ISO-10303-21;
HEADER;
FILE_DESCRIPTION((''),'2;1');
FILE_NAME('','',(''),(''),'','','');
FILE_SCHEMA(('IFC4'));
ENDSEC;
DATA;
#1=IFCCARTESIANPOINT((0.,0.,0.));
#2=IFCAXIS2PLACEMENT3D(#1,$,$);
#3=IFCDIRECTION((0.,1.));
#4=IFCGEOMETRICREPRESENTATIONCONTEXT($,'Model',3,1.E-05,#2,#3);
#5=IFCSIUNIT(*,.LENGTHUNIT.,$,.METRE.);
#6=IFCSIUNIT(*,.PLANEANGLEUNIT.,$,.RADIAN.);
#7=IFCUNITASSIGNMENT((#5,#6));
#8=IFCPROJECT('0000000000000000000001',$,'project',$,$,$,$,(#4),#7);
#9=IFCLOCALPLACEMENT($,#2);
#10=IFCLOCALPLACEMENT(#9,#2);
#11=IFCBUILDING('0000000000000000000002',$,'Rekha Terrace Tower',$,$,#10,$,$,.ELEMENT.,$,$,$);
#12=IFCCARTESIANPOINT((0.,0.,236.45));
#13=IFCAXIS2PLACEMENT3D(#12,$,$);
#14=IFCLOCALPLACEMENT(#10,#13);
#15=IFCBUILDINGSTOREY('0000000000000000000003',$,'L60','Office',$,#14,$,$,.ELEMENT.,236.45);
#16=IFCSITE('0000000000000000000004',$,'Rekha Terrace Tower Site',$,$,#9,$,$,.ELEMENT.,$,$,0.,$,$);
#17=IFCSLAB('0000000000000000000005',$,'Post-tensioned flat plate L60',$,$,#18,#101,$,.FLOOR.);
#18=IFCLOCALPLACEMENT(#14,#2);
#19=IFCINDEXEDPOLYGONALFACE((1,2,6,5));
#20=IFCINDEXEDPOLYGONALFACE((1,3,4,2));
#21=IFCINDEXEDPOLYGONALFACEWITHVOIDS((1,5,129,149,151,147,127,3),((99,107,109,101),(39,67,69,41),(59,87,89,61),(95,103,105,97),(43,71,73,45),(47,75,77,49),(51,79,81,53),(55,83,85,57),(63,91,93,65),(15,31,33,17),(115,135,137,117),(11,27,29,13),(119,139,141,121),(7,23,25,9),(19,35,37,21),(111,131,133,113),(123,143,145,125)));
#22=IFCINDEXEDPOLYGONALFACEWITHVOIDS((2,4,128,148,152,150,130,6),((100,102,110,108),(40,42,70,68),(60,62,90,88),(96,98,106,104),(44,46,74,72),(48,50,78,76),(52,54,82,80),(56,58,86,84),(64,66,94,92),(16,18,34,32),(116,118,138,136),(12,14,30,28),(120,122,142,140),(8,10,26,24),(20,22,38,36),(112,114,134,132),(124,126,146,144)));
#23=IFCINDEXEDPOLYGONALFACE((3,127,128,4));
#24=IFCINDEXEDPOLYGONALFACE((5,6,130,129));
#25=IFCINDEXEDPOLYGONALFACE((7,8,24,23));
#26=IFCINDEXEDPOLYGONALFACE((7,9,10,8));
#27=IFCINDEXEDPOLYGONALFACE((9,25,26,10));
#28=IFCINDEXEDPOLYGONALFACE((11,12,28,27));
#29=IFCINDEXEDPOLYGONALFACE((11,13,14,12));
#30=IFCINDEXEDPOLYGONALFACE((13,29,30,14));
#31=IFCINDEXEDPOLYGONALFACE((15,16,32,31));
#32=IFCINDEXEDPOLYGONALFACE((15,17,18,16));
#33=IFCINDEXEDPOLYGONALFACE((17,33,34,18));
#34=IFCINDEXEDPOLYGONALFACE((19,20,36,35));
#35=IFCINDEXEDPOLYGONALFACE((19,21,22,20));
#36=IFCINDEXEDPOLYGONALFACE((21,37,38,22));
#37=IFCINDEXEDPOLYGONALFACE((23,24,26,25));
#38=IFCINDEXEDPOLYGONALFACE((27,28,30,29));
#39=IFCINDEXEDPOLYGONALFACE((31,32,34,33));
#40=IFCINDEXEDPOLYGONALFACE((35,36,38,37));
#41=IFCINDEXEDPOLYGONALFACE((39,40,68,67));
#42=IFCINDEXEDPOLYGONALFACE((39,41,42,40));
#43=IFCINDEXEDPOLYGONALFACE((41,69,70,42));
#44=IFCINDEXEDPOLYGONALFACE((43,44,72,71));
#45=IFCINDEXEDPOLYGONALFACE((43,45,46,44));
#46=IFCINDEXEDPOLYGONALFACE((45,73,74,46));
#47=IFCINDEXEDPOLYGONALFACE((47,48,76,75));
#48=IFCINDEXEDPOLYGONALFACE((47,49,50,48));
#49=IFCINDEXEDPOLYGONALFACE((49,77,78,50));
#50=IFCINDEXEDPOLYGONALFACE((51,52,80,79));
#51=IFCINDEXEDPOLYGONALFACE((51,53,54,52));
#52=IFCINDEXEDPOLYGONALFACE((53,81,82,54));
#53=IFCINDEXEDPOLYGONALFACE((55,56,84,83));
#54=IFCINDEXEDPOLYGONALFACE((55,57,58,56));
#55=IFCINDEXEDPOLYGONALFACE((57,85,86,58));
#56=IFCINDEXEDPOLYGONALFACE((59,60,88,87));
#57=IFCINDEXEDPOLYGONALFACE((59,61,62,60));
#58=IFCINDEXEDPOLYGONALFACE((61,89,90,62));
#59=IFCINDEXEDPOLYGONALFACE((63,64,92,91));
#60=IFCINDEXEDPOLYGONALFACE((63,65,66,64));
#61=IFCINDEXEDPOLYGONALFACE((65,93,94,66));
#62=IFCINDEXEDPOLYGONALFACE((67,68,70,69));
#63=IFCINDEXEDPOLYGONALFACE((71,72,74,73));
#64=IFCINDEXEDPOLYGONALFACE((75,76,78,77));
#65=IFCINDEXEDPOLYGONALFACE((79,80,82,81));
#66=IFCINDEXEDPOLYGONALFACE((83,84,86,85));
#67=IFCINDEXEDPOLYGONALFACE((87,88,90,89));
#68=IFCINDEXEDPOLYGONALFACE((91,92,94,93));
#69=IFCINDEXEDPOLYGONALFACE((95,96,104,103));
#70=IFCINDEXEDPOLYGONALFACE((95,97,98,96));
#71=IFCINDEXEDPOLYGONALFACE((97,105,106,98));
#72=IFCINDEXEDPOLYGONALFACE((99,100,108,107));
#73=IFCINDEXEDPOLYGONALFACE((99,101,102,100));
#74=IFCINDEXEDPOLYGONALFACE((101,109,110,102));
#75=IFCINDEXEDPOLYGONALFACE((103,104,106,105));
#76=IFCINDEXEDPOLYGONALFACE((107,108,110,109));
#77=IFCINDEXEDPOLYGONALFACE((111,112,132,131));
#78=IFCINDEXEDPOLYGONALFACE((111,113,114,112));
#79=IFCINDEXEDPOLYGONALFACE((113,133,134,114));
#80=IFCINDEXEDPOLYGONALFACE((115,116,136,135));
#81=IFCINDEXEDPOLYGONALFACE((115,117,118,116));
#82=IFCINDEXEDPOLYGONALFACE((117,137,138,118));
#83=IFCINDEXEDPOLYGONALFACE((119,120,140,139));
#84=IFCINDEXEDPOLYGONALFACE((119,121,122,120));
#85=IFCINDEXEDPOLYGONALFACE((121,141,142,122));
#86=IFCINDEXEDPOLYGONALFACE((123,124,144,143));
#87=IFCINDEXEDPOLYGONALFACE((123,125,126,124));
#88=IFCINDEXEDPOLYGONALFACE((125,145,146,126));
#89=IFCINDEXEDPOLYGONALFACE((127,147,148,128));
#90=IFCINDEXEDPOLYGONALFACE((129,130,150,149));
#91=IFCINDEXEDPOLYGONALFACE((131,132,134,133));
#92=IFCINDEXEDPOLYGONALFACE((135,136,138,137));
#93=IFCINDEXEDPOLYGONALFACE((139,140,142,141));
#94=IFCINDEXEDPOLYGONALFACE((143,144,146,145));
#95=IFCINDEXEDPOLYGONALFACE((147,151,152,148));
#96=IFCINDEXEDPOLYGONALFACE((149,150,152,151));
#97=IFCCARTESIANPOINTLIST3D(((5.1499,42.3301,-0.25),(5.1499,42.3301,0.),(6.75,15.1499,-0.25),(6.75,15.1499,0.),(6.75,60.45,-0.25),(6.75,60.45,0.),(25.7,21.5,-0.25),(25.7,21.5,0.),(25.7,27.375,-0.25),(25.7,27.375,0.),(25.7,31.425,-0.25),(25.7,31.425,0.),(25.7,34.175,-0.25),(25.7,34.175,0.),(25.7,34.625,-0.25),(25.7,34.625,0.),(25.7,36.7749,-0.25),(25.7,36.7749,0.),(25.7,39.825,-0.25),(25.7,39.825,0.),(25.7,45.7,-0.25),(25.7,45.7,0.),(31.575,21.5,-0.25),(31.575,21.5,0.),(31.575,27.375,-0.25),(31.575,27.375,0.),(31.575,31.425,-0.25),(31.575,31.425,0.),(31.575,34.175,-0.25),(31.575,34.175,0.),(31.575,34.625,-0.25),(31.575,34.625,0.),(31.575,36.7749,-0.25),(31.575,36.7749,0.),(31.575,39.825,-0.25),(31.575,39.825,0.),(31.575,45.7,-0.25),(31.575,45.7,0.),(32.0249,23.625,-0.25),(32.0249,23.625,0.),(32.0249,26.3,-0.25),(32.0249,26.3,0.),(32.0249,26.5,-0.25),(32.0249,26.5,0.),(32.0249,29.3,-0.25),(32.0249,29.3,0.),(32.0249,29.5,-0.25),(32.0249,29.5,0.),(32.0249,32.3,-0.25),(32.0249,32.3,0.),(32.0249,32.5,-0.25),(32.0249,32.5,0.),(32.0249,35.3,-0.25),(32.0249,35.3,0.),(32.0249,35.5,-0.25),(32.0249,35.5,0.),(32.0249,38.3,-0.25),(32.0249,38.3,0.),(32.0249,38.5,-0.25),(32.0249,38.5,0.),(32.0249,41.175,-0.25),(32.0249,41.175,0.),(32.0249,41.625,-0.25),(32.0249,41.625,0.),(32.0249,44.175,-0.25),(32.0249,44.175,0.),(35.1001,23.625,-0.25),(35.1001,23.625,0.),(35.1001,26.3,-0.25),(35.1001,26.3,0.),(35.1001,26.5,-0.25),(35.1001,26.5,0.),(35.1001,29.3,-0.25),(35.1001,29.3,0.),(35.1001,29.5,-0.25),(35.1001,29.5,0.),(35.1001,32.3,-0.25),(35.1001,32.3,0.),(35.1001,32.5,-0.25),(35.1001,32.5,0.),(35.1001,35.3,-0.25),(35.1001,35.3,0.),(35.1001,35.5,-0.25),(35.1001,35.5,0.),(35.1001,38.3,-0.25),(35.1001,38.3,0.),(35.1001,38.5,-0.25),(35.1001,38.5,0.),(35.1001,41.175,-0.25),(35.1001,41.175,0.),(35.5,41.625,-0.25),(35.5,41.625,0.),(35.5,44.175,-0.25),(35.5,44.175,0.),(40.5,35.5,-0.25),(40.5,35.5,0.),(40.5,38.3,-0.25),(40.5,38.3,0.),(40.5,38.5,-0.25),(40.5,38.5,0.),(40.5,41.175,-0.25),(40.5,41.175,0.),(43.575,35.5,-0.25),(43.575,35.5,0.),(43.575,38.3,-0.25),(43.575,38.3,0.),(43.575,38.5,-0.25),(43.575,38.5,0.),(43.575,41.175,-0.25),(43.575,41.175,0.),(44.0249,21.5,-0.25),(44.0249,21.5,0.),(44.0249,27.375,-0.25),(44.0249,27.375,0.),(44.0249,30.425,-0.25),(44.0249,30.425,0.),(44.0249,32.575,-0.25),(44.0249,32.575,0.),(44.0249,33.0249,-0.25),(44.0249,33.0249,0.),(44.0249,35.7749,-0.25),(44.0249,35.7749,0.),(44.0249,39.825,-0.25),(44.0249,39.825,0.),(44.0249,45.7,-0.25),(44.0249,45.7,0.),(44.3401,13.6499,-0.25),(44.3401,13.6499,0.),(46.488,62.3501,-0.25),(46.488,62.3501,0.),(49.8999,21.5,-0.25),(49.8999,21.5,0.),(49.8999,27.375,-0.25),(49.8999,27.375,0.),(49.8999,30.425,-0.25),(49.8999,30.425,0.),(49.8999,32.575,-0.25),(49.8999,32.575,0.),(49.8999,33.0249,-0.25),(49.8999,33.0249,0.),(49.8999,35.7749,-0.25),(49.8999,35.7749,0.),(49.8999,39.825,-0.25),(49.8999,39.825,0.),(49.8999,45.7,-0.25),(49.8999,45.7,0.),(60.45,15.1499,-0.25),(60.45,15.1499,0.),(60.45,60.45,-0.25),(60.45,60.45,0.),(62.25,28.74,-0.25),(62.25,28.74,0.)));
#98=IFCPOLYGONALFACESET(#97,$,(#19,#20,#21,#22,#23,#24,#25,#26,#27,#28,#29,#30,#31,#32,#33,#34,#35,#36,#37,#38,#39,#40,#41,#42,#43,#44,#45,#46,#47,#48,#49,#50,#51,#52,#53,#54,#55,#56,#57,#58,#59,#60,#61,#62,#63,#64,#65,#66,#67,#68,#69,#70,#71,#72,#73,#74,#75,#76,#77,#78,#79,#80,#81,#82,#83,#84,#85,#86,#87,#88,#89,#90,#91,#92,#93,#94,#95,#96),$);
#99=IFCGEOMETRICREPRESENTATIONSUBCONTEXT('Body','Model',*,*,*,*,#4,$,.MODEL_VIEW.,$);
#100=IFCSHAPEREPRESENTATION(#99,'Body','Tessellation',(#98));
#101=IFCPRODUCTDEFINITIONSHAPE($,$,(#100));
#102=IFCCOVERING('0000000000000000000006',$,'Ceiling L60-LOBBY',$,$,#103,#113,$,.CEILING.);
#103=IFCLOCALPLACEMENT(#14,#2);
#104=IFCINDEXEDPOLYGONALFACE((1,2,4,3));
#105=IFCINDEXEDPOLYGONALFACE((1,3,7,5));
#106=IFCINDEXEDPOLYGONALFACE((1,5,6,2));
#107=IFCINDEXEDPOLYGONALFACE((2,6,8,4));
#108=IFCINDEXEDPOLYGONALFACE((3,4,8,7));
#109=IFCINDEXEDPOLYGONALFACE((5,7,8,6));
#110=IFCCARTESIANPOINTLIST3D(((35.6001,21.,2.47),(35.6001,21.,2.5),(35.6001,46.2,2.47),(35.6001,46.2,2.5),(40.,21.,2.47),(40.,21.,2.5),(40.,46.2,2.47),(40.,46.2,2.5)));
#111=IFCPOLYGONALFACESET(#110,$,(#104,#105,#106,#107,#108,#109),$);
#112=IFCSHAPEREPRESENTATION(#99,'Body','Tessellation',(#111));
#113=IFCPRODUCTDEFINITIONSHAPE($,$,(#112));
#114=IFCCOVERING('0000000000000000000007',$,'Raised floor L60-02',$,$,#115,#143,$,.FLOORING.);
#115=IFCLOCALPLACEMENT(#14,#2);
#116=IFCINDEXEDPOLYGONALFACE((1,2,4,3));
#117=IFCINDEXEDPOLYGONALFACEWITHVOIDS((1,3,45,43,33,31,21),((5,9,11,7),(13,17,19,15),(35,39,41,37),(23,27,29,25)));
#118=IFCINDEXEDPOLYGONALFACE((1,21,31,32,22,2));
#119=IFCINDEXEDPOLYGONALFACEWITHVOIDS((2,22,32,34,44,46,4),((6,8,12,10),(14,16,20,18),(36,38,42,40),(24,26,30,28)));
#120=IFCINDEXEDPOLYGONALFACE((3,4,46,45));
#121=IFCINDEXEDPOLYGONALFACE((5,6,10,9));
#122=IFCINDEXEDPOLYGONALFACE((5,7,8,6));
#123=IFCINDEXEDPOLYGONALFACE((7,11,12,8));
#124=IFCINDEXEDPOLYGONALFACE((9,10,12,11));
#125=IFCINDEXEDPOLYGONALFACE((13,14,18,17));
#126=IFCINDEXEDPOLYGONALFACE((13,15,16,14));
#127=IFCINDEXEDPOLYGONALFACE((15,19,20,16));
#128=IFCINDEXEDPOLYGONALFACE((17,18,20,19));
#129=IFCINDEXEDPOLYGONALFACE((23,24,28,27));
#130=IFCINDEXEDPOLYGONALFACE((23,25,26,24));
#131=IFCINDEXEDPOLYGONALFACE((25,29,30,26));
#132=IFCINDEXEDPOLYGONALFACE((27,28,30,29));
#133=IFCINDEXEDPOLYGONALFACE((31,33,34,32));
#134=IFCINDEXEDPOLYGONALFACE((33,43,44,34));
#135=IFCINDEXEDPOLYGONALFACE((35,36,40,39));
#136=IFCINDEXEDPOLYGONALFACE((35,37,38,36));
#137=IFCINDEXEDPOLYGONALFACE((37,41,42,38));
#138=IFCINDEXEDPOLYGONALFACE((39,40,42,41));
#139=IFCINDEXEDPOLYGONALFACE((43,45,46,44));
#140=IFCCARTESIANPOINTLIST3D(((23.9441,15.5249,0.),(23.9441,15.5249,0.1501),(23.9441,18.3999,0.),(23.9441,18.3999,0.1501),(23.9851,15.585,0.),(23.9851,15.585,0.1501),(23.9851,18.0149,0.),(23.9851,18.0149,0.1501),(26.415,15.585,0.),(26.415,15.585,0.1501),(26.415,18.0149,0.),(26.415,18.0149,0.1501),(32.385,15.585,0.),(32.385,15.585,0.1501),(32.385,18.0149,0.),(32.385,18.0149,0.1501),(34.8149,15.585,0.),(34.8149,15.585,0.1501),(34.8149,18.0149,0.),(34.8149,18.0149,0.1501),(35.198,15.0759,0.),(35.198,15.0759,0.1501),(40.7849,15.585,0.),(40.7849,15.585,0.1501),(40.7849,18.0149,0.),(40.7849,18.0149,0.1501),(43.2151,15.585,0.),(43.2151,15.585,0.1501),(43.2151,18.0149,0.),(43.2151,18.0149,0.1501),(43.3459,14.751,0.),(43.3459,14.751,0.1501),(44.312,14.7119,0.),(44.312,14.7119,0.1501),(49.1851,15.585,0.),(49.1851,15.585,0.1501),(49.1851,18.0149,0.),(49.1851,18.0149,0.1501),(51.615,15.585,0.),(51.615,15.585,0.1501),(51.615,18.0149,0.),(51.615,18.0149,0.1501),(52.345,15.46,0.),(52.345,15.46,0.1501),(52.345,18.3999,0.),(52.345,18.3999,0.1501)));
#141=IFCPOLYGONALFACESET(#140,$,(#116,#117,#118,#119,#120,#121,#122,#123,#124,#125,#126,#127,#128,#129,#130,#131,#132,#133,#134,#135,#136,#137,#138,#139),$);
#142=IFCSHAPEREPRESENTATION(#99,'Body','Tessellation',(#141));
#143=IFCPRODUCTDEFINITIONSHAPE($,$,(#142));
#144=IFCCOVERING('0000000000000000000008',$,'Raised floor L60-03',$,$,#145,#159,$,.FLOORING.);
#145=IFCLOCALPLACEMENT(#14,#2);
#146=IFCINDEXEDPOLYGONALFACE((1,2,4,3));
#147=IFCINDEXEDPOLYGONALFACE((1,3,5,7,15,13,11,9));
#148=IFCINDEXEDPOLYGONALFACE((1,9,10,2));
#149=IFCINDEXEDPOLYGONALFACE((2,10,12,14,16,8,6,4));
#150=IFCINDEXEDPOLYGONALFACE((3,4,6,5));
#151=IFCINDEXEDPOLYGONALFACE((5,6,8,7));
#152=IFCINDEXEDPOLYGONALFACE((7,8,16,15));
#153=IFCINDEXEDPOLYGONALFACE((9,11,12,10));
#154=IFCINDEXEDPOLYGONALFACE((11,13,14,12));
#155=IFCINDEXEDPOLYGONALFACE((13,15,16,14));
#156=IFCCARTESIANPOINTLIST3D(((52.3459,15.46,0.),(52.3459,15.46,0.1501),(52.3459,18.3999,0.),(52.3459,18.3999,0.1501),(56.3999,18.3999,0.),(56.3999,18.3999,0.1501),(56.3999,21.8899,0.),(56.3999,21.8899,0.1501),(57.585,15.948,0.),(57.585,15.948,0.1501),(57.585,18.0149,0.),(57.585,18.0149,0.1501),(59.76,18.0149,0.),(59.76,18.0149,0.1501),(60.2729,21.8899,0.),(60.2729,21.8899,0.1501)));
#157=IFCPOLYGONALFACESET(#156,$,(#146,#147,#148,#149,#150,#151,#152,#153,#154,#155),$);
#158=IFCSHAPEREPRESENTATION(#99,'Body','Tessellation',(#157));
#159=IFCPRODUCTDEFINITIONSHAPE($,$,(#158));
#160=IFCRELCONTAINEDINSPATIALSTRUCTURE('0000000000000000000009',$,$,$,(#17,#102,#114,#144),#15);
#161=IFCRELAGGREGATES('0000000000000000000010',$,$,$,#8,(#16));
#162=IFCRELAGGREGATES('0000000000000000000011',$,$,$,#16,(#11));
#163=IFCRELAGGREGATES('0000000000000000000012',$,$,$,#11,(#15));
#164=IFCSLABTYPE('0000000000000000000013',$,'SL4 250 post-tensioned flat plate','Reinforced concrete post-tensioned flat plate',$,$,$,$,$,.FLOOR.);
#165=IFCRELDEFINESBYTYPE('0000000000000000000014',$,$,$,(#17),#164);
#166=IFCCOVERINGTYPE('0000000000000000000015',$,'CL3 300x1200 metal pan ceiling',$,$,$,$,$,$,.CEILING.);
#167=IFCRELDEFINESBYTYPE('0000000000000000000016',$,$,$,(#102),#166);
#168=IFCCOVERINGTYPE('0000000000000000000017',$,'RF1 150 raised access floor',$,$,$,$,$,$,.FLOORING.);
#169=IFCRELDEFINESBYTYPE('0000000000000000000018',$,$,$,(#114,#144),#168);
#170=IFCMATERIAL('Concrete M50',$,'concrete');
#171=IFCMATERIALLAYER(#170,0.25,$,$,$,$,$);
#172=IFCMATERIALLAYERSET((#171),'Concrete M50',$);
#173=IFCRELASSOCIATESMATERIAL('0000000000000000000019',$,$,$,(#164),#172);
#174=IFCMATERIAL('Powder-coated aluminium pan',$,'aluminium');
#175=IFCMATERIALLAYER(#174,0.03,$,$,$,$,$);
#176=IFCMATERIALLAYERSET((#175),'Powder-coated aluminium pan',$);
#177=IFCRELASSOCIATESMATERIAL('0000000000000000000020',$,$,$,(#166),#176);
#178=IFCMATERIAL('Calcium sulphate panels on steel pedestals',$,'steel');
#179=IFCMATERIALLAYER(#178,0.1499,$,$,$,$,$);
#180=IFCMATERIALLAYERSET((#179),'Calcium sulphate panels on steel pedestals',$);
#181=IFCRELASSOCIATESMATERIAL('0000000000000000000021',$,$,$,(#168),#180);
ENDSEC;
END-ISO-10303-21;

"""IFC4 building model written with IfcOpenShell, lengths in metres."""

from ifc_helpers import new_model, si_unit, direction, frame, origin, place, context, subcontext, project, spatial, polyline, outline, extrude, material, layer, layer_set, type_object, element, save


model = new_model("IFC4")

# Units and contexts
model_context = context("Model", 3, precision=1e-05, world=origin(), true_north=direction((0.0, 1.0)))
body_context = subcontext(model_context, "Body", "Model", "MODEL_VIEW")
ifc_project = project(units=[si_unit("LENGTHUNIT", "METRE"), si_unit("PLANEANGLEUNIT", "RADIAN")], contexts=[model_context])

# Site, building, storey
site_placement = place(None, origin())
site = spatial("IfcSite", under=ifc_project, at=site_placement, Name="Rekha Terrace Tower Site", CompositionType="ELEMENT", RefElevation=0.0)
building_placement = place(site_placement, origin())
building = spatial("IfcBuilding", under=site, at=building_placement, Name="Rekha Terrace Tower", CompositionType="ELEMENT")
storey_placement = place(building_placement, frame((0.0, 0.0, 236.45)))
storey = spatial("IfcBuildingStorey", under=building, at=storey_placement, Name="L60", Description="Office", CompositionType="ELEMENT", Elevation=236.45)

# Slab
ifc_material_1 = material(Name="Concrete M50", Category="concrete")
ifc_layer_1 = layer(ifc_material_1, 0.25)
ifc_layer_set_1 = layer_set([ifc_layer_1], Name="Concrete M50")
slab_type_1 = type_object("IfcSlabType", Name="SL4 250 post-tensioned flat plate", Description="Reinforced concrete post-tensioned flat plate", PredefinedType="FLOOR", material=ifc_layer_set_1)
slab_1_placement = place(storey_placement, frame((0.0, 0.0, -0.25)))
element("IfcSlab", 1, at=slab_1_placement, inside=storey, type_object=slab_type_1, Name="Post-tensioned flat plate L60", PredefinedType="FLOOR", context=body_context, shape_type="SweptSolid", body=[
    extrude(outline(polyline([(5.1499, 42.3301), (6.75, 15.1499), (44.3401, 13.6499), (60.45, 15.1499), (62.25, 28.74), (60.45, 60.45), (46.488, 62.3501), (6.75, 60.45), (5.1499, 42.3301)]), holes=[polyline([(31.575, 27.375), (31.575, 21.5), (25.7, 21.5), (25.7, 27.375), (31.575, 27.375)]), polyline([(35.1001, 26.3), (35.1001, 23.625), (32.0249, 23.625), (32.0249, 26.3), (35.1001, 26.3)]), polyline([(35.1001, 29.3), (35.1001, 26.5), (32.0249, 26.5), (32.0249, 29.3), (35.1001, 29.3)]), polyline([(35.1001, 32.3), (35.1001, 29.5), (32.0249, 29.5), (32.0249, 32.3), (35.1001, 32.3)]), polyline([(31.575, 34.175), (31.575, 31.425), (25.7, 31.425), (25.7, 34.175), (31.575, 34.175)]), polyline([(35.1001, 35.3), (35.1001, 32.5), (32.0249, 32.5), (32.0249, 35.3), (35.1001, 35.3)]), polyline([(31.575, 36.7749), (31.575, 34.625), (25.7, 34.625), (25.7, 36.7749), (31.575, 36.7749)]), polyline([(35.1001, 38.3), (35.1001, 35.5), (32.0249, 35.5), (32.0249, 38.3), (35.1001, 38.3)]), polyline([(31.575, 45.7), (31.575, 39.825), (25.7, 39.825), (25.7, 45.7), (31.575, 45.7)]), polyline([(49.8999, 27.375), (49.8999, 21.5), (44.0249, 21.5), (44.0249, 27.375), (49.8999, 27.375)]), polyline([(49.8999, 32.575), (49.8999, 30.425), (44.0249, 30.425), (44.0249, 32.575), (49.8999, 32.575)]), polyline([(49.8999, 35.7749), (49.8999, 33.0249), (44.0249, 33.0249), (44.0249, 35.7749), (49.8999, 35.7749)]), polyline([(43.575, 38.3), (43.575, 35.5), (40.5, 35.5), (40.5, 38.3), (43.575, 38.3)]), polyline([(35.1001, 41.175), (35.1001, 38.5), (32.0249, 38.5), (32.0249, 41.175), (35.1001, 41.175)]), polyline([(43.575, 41.175), (43.575, 38.5), (40.5, 38.5), (40.5, 41.175), (43.575, 41.175)]), polyline([(49.8999, 39.825), (44.0249, 39.825), (44.0249, 45.7), (49.8999, 45.7), (49.8999, 39.825)]), polyline([(35.5, 41.625), (32.0249, 41.625), (32.0249, 44.175), (35.5, 44.175), (35.5, 41.625)])]), origin(), (0.0, 0.0, 1.0), 0.25),
])

# Coverings
ifc_material_2 = material(Name="Powder-coated aluminium pan", Category="aluminium")
ifc_layer_2 = layer(ifc_material_2, 0.03)
ifc_layer_set_2 = layer_set([ifc_layer_2], Name="Powder-coated aluminium pan")
covering_type_1 = type_object("IfcCoveringType", Name="CL3 300x1200 metal pan ceiling", PredefinedType="CEILING", material=ifc_layer_set_2)
covering_1_placement = place(storey_placement, frame((0.0, 0.0, 2.47)))
element("IfcCovering", 2, at=covering_1_placement, inside=storey, type_object=covering_type_1, Name="Ceiling L60-LOBBY", PredefinedType="CEILING", context=body_context, shape_type="SweptSolid", body=[
    extrude(outline(polyline([(40.0, 46.2), (35.6001, 46.2), (35.6001, 21.0), (40.0, 21.0), (40.0, 46.2)])), origin(), (0.0, 0.0, 1.0), 0.03),
])
ifc_material_3 = material(Name="Calcium sulphate panels on steel pedestals", Category="steel")
ifc_layer_3 = layer(ifc_material_3, 0.1499)
ifc_layer_set_3 = layer_set([ifc_layer_3], Name="Calcium sulphate panels on steel pedestals")
covering_type_2 = type_object("IfcCoveringType", Name="RF1 150 raised access floor", PredefinedType="FLOORING", material=ifc_layer_set_3)
covering_2_placement = place(storey_placement, origin())
element("IfcCovering", 3, at=covering_2_placement, inside=storey, type_object=covering_type_2, Name="Raised floor L60-02", PredefinedType="FLOORING", context=body_context, shape_type="SweptSolid", body=[
    extrude(outline(polyline([(52.345, 18.3999), (23.9441, 18.3999), (23.9441, 15.5249), (35.198, 15.0759), (43.3459, 14.751), (44.312, 14.7119), (52.345, 15.46), (52.345, 18.3999)]), holes=[polyline([(51.615, 15.585), (49.1851, 15.585), (49.1851, 18.0149), (51.615, 18.0149), (51.615, 15.585)]), polyline([(43.2151, 18.0149), (43.2151, 15.585), (40.7849, 15.585), (40.7849, 18.0149), (43.2151, 18.0149)]), polyline([(34.8149, 15.585), (32.385, 15.585), (32.385, 18.0149), (34.8149, 18.0149), (34.8149, 15.585)]), polyline([(26.415, 18.0149), (26.415, 15.585), (23.9851, 15.585), (23.9851, 18.0149), (26.415, 18.0149)])]), origin(), (0.0, 0.0, 1.0), 0.1501),
])
covering_3_placement = place(storey_placement, origin())
element("IfcCovering", 4, at=covering_3_placement, inside=storey, type_object=covering_type_2, Name="Raised floor L60-03", PredefinedType="FLOORING", context=body_context, shape_type="SweptSolid", body=[
    extrude(outline(polyline([(59.76, 18.0149), (60.2729, 21.8899), (56.3999, 21.8899), (56.3999, 18.3999), (52.3459, 18.3999), (52.3459, 15.46), (57.585, 15.948), (57.585, 18.0149), (59.76, 18.0149)])), origin(), (0.0, 0.0, 1.0), 0.1501),
])

save(model, "model.ifc")
